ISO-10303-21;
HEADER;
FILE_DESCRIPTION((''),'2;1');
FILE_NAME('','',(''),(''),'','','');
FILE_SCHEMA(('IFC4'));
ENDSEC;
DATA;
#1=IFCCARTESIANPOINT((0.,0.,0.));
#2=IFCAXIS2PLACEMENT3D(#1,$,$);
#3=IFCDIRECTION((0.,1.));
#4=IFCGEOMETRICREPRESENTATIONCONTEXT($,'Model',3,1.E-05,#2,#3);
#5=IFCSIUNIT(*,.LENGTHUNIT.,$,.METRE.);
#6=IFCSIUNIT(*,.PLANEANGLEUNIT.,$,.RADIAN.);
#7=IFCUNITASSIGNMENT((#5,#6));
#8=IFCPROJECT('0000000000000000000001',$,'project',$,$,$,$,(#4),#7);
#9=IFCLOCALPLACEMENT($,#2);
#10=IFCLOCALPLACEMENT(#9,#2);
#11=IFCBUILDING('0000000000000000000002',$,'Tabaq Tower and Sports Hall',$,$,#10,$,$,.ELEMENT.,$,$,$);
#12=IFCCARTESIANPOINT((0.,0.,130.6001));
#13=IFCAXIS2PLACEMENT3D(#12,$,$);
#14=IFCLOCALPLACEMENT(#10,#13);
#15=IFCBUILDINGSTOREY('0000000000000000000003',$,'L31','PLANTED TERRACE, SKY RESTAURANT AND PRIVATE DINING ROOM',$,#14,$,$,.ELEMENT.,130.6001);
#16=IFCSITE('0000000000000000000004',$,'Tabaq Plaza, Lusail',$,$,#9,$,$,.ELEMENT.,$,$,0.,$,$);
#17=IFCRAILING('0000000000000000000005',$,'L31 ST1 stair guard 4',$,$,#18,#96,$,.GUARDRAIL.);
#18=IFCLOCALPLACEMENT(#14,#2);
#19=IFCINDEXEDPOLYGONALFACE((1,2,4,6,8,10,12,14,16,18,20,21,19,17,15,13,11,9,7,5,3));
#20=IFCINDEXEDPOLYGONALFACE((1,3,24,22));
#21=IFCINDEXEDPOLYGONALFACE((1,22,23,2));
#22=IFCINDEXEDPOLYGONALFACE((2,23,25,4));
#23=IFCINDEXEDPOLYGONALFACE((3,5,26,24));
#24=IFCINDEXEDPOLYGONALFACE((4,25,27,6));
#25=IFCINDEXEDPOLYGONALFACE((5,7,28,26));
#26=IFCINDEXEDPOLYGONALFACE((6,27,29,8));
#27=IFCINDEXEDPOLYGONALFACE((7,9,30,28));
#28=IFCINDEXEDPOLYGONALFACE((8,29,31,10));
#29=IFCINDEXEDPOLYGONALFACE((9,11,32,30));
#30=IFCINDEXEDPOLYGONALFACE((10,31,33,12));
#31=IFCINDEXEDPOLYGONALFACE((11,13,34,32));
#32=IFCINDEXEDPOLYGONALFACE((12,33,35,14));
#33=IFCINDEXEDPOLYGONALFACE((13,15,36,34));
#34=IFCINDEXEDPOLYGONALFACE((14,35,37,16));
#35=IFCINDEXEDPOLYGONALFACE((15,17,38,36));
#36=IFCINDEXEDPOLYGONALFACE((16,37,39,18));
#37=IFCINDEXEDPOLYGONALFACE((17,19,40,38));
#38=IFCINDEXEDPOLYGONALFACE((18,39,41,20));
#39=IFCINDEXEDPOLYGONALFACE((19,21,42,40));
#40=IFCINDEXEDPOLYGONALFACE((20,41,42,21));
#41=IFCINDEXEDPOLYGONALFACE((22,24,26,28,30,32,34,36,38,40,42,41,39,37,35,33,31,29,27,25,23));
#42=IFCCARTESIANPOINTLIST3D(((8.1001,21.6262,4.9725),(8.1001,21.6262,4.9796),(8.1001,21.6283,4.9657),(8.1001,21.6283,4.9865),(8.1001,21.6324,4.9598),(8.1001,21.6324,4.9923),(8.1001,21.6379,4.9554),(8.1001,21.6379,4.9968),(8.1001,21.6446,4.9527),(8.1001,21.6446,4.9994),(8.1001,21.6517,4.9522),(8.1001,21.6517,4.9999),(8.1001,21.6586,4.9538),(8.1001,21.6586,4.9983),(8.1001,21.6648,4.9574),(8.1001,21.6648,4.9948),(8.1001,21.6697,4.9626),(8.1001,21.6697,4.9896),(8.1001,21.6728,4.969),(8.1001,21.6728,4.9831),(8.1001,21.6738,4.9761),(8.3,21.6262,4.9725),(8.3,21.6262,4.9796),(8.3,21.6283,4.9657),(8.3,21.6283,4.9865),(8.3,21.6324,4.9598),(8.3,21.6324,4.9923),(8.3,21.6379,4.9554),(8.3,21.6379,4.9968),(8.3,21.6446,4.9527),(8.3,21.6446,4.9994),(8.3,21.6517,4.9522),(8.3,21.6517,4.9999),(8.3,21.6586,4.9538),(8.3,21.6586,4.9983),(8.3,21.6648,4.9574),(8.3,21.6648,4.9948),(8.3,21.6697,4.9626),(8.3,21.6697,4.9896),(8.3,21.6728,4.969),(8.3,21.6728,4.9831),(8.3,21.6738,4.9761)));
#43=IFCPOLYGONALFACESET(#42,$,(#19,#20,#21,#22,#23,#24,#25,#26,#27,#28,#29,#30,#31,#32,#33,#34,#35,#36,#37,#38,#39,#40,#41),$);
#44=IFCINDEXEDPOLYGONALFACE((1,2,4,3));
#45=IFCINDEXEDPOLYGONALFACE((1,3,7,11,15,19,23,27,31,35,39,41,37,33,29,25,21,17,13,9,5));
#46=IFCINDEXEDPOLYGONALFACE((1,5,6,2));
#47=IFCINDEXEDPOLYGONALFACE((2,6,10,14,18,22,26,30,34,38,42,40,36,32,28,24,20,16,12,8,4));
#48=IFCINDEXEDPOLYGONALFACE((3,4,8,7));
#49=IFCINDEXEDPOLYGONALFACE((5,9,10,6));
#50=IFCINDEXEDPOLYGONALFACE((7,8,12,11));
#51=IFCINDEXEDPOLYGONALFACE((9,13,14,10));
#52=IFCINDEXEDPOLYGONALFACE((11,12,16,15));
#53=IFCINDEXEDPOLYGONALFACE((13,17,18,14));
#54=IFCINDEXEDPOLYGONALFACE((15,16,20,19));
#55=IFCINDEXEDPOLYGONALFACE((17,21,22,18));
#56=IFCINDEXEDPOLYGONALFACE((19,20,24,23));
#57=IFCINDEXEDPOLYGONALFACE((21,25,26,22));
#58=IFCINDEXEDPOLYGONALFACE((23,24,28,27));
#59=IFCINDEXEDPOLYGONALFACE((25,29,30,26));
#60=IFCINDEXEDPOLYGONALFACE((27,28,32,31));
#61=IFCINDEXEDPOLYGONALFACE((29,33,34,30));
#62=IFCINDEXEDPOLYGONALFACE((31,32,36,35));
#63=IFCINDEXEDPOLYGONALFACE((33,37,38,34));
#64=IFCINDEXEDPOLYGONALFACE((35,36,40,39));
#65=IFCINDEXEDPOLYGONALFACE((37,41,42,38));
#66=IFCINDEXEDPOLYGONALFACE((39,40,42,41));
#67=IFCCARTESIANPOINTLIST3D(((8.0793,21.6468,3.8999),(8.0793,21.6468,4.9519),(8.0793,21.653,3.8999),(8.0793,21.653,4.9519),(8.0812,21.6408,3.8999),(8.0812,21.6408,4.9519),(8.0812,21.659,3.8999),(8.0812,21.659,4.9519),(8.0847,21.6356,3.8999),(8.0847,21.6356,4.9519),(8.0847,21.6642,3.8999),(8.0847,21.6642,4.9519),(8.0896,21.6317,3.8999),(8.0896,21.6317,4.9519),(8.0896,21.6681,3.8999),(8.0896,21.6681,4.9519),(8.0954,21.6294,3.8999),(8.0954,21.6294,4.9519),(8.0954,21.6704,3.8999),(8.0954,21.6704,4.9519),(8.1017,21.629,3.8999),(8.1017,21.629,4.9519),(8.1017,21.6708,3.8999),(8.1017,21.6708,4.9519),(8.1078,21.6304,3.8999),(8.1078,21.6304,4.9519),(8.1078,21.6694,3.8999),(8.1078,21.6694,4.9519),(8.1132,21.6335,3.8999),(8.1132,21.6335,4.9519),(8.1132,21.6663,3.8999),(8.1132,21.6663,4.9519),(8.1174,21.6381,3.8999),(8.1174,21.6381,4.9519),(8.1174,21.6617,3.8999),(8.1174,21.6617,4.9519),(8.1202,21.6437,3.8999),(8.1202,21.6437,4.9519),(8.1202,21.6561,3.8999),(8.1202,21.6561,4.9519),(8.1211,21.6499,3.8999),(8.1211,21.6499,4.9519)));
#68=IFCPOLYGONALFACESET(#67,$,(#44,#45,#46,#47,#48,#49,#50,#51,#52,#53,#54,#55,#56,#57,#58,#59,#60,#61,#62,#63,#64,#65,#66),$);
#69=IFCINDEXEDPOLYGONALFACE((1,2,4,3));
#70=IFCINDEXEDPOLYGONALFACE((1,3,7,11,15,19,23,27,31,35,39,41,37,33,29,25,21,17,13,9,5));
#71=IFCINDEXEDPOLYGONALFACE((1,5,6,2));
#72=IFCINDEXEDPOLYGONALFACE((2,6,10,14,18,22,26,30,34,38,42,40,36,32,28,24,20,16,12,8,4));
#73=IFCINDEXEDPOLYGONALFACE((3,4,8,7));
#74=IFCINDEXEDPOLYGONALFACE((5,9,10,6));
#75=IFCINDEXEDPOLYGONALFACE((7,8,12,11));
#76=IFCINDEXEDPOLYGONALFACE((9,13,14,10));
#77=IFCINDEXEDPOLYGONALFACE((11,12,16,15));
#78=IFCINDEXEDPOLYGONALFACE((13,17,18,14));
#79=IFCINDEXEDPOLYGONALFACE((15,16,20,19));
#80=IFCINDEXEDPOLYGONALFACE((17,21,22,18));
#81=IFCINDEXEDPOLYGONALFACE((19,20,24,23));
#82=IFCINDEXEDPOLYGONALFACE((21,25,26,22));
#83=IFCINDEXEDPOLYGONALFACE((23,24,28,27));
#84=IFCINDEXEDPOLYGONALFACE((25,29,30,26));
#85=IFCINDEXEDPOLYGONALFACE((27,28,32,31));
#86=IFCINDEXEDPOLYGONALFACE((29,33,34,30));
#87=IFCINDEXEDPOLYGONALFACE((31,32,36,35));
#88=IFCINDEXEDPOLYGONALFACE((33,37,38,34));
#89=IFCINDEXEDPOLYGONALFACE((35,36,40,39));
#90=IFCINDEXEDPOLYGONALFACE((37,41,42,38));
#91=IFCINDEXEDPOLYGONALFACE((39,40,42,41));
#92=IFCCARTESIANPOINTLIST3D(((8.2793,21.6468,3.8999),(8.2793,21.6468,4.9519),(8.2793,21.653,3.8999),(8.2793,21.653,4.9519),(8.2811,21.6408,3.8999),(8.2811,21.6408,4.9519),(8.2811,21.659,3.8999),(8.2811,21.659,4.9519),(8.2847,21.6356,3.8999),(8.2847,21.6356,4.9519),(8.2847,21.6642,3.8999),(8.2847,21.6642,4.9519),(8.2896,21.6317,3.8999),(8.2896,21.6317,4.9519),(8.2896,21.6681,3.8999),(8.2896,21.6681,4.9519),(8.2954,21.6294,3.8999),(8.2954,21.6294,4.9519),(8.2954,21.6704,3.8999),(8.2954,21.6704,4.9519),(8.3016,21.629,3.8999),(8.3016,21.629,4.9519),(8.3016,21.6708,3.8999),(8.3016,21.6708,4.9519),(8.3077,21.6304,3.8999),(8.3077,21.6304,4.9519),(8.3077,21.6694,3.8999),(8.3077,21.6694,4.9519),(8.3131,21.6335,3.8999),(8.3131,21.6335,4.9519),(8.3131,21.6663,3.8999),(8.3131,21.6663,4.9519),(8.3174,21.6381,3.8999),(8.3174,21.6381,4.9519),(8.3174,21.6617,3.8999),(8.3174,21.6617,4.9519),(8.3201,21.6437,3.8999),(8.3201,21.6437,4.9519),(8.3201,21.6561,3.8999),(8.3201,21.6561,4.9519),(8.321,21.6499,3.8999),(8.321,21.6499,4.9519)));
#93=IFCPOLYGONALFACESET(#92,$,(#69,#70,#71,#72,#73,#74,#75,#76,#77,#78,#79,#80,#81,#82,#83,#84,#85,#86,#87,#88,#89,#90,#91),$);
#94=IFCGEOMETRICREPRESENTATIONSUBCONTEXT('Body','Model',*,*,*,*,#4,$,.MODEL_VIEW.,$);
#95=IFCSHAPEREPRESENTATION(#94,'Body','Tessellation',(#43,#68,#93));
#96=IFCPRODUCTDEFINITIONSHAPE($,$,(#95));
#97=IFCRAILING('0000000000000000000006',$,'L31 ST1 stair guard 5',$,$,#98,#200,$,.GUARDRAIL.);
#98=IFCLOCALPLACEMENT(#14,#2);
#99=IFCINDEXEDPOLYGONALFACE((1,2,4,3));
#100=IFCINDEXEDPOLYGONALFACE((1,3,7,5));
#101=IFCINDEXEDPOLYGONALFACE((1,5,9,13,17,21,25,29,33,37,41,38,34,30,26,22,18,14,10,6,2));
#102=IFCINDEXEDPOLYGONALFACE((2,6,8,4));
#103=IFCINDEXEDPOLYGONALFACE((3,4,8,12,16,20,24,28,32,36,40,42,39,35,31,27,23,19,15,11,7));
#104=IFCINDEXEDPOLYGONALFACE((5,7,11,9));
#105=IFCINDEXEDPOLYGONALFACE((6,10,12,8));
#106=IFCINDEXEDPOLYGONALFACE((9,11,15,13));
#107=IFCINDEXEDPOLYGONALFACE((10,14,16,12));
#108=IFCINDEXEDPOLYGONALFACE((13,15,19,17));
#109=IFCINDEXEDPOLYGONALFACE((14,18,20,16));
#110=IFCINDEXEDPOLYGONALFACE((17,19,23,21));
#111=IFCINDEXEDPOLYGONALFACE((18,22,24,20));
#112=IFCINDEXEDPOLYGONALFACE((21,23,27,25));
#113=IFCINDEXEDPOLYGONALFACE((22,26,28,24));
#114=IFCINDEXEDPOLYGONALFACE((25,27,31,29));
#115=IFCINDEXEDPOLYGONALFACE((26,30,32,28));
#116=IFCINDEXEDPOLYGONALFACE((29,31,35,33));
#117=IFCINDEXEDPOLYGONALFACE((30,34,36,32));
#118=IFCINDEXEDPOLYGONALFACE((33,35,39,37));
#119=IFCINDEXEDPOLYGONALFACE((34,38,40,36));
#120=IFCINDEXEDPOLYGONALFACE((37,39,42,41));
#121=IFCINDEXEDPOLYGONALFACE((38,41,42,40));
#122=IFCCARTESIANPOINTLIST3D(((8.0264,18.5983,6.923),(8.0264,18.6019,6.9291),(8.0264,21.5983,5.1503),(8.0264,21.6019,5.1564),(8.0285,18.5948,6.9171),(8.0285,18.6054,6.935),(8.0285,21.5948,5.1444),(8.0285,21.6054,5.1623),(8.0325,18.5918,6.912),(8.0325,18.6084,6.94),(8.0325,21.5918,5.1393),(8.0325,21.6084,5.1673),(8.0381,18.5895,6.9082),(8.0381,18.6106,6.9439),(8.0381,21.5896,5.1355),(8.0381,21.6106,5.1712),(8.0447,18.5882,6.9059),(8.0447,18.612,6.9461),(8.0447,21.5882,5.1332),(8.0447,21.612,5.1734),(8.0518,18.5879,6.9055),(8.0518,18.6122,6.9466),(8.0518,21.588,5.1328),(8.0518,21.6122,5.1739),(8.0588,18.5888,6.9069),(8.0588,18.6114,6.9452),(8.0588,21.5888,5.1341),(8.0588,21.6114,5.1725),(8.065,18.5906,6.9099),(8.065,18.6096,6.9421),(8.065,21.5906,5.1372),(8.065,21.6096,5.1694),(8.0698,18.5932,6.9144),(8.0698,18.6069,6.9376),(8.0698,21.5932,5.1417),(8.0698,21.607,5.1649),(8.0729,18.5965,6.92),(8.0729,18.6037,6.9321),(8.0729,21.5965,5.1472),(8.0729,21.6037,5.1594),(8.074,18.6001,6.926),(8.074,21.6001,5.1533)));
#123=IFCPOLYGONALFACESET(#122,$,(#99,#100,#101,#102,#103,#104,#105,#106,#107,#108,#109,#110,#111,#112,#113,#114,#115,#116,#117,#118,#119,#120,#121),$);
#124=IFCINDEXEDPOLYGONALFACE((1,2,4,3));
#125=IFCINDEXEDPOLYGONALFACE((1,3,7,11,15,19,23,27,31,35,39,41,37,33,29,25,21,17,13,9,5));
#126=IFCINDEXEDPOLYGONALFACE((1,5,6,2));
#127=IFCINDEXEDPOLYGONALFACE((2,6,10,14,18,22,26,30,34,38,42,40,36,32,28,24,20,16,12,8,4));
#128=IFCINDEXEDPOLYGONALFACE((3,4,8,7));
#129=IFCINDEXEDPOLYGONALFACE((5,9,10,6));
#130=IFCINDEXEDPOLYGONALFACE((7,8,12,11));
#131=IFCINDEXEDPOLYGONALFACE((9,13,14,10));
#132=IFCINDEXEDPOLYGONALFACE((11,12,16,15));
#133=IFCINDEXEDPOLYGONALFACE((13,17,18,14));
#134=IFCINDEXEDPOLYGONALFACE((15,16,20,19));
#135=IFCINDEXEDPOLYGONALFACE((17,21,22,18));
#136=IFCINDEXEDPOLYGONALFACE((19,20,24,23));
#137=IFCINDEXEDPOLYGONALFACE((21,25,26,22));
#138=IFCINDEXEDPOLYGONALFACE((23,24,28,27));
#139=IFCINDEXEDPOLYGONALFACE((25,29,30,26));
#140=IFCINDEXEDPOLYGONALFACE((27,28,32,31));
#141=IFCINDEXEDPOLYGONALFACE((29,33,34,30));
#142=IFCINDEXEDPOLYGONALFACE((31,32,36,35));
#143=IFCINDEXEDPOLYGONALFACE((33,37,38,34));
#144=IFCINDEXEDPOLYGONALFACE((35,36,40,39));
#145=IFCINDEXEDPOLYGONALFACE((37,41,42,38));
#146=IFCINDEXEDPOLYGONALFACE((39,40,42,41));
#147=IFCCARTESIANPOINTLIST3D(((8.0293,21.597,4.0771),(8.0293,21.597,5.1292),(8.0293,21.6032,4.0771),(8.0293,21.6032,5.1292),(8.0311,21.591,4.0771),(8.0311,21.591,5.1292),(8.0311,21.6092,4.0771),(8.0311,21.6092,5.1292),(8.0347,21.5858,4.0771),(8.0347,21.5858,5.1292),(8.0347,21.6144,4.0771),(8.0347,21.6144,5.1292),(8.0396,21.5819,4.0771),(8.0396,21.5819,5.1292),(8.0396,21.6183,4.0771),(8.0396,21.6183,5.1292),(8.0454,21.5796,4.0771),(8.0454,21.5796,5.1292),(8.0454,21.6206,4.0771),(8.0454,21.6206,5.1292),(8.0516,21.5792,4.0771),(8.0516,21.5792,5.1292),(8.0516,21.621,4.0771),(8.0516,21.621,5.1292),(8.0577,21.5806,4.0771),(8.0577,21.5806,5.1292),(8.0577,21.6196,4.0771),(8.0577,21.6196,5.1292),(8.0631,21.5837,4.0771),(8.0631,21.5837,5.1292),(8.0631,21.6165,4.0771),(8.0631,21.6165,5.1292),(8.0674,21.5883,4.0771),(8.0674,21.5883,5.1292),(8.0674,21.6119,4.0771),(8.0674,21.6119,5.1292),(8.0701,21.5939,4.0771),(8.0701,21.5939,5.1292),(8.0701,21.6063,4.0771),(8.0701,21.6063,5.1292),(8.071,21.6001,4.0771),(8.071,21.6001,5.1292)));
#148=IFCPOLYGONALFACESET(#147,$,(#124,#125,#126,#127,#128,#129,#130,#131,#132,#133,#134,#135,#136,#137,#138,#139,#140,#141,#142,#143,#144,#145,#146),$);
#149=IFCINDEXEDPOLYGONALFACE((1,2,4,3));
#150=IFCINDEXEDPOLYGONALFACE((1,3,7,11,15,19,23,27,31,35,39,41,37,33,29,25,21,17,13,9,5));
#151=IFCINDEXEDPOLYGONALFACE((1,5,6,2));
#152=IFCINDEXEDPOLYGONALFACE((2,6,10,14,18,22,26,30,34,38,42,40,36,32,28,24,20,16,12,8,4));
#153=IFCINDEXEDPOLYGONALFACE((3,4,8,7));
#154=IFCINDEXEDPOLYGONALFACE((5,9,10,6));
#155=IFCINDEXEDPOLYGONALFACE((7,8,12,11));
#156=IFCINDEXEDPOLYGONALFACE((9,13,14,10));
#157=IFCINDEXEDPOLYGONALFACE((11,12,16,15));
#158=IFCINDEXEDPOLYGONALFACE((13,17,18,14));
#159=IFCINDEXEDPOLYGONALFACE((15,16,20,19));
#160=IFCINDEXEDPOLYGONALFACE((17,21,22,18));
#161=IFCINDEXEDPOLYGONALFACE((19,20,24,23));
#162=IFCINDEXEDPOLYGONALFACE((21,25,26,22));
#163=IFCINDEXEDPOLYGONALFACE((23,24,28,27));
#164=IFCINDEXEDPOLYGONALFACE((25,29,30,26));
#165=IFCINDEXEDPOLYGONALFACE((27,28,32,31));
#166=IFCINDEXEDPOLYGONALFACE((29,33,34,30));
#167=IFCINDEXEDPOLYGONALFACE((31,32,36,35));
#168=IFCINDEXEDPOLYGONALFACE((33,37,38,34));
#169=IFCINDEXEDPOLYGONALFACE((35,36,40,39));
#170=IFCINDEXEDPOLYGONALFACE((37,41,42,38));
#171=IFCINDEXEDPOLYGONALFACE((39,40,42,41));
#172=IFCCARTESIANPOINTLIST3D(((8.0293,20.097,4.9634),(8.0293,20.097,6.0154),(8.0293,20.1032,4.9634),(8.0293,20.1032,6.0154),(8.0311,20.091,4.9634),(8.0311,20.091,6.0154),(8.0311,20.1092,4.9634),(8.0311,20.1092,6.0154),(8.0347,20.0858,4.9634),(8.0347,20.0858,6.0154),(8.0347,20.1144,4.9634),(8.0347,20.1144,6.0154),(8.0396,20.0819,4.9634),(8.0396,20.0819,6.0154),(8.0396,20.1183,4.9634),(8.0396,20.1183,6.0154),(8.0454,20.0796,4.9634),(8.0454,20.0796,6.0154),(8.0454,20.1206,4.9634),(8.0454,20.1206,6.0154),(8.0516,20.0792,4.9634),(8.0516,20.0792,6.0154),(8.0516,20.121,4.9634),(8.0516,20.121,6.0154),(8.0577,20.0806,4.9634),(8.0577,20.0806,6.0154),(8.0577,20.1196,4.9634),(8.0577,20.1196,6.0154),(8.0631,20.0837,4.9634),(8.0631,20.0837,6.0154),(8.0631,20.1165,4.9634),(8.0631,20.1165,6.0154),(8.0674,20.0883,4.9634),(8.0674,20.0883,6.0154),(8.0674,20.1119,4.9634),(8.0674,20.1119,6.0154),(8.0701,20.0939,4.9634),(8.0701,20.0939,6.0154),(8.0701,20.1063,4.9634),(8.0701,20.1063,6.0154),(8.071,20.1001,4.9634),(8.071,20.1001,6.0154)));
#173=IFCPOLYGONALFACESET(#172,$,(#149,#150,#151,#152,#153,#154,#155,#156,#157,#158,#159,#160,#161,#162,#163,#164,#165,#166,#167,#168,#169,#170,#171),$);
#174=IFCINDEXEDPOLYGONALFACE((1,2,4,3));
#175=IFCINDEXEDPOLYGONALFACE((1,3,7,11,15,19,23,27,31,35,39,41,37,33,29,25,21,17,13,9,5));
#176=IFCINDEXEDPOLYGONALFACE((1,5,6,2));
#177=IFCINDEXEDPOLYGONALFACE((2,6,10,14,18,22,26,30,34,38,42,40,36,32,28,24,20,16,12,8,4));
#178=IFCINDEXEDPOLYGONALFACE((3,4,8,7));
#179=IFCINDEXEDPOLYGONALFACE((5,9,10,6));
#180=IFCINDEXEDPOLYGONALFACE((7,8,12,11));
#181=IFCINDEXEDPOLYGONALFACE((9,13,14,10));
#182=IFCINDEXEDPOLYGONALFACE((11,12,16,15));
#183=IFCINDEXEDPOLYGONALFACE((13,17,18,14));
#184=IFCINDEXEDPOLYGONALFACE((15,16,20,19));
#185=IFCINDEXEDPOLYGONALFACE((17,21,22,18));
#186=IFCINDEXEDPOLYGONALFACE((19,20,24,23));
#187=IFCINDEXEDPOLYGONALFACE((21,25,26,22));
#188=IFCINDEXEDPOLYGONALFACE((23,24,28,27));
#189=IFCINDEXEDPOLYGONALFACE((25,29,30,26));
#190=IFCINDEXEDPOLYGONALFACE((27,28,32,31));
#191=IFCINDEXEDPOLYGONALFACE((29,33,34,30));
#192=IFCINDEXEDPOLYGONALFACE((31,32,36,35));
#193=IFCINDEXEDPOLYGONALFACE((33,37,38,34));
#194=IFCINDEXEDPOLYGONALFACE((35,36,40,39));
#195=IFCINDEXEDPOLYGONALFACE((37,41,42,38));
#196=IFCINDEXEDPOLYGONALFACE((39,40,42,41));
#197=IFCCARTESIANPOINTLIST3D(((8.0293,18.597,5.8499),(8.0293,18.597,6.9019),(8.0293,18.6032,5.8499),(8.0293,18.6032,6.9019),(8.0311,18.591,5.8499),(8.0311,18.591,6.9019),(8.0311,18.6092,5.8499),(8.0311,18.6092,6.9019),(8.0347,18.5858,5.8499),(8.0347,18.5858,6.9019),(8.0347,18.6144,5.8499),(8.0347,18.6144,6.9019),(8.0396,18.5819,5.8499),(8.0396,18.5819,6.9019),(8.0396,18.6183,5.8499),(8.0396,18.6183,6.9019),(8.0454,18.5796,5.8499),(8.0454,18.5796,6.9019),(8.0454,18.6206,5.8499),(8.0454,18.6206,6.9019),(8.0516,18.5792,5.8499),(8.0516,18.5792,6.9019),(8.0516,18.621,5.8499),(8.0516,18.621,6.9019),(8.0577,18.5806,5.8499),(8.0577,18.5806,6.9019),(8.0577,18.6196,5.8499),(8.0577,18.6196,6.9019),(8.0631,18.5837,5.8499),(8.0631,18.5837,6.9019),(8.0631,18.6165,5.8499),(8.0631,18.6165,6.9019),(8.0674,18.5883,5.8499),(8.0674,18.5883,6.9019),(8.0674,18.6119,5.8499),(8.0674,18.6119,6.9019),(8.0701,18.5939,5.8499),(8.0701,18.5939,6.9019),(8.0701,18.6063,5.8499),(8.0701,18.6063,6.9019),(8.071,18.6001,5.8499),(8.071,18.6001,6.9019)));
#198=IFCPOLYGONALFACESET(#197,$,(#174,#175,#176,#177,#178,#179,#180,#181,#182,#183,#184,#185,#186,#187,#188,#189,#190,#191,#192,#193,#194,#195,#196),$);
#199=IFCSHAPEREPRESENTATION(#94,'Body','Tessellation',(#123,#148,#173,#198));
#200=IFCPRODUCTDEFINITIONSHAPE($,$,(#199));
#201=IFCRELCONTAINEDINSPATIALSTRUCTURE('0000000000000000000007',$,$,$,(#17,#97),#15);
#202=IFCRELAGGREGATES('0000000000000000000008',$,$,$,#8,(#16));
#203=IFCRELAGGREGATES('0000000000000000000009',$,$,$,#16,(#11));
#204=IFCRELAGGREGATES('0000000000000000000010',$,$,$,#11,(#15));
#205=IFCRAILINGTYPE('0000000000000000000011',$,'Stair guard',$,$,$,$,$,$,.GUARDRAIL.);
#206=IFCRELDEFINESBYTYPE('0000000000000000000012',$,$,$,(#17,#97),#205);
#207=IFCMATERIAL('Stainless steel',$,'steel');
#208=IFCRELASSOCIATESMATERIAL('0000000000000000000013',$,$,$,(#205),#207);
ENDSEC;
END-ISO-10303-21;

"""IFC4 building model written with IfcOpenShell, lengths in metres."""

from ifc_helpers import new_model, si_unit, direction, frame, origin, origin_2d, place, context, subcontext, project, spatial, circle, extrude, material, type_object, element, save


model = new_model("IFC4")

# Units and contexts
model_context = context("Model", 3, precision=1e-05, world=origin(), true_north=direction((0.0, 1.0)))
body_context = subcontext(model_context, "Body", "Model", "MODEL_VIEW")
ifc_project = project(units=[si_unit("LENGTHUNIT", "METRE"), si_unit("PLANEANGLEUNIT", "RADIAN")], contexts=[model_context])

# Site, building, storey
site_placement = place(None, origin())
site = spatial("IfcSite", under=ifc_project, at=site_placement, Name="Tabaq Plaza, Lusail", CompositionType="ELEMENT", RefElevation=0.0)
building_placement = place(site_placement, origin())
building = spatial("IfcBuilding", under=site, at=building_placement, Name="Tabaq Tower and Sports Hall", CompositionType="ELEMENT")
storey_placement = place(building_placement, frame((0.0, 0.0, 130.6001)))
storey = spatial("IfcBuildingStorey", under=building, at=storey_placement, Name="L31", Description="PLANTED TERRACE, SKY RESTAURANT AND PRIVATE DINING ROOM", CompositionType="ELEMENT", Elevation=130.6001)

# Railings
ifc_material_1 = material(Name="Stainless steel", Category="steel")
railing_type = type_object("IfcRailingType", Name="Stair guard", PredefinedType="GUARDRAIL", material=ifc_material_1)
railing_1_placement = place(storey_placement, frame((8.1001, 21.6499, 3.8999)))
element("IfcRailing", 1, at=railing_1_placement, inside=storey, type_object=railing_type, Name="L31 ST1 stair guard 4", PredefinedType="GUARDRAIL", context=body_context, shape_type="SweptSolid", body=[
    extrude(circle(Radius=0.0239, at=origin_2d()), frame((0.0, 0.0, 1.0762), z_axis=(1.0, 0.0, 0.0), x_axis=(0.0, 1.0, 0.0)), (0.0, 0.0, 1.0), 0.2),
    extrude(circle(Radius=0.021, at=origin_2d()), origin(), (0.0, 0.0, 1.0), 1.052),
    extrude(circle(Radius=0.021, at=origin_2d()), frame((0.2, 0.0, 0.0)), (0.0, 0.0, 1.0), 1.052),
])
railing_2_placement = place(storey_placement, frame((8.05, 21.6001, 4.0771)))
element("IfcRailing", 2, at=railing_2_placement, inside=storey, type_object=railing_type, Name="L31 ST1 stair guard 5", PredefinedType="GUARDRAIL", context=body_context, shape_type="SweptSolid", body=[
    extrude(circle(Radius=0.0239, at=origin_2d()), frame((0.0, 0.0, 1.0762), z_axis=(0.0, -0.860929, 0.508725), x_axis=(1.0, 0.0, 0.0)), (0.0, 0.0, 1.0), 3.4846),
    extrude(circle(Radius=0.021, at=origin_2d()), origin(), (0.0, 0.0, 1.0), 1.052),
    extrude(circle(Radius=0.021, at=origin_2d()), frame((0.0, -1.5, 0.8862)), (0.0, 0.0, 1.0), 1.052),
    extrude(circle(Radius=0.021, at=origin_2d()), frame((0.0, -3.0, 1.7727)), (0.0, 0.0, 1.0), 1.052),
])

save(model, "model.ifc")
